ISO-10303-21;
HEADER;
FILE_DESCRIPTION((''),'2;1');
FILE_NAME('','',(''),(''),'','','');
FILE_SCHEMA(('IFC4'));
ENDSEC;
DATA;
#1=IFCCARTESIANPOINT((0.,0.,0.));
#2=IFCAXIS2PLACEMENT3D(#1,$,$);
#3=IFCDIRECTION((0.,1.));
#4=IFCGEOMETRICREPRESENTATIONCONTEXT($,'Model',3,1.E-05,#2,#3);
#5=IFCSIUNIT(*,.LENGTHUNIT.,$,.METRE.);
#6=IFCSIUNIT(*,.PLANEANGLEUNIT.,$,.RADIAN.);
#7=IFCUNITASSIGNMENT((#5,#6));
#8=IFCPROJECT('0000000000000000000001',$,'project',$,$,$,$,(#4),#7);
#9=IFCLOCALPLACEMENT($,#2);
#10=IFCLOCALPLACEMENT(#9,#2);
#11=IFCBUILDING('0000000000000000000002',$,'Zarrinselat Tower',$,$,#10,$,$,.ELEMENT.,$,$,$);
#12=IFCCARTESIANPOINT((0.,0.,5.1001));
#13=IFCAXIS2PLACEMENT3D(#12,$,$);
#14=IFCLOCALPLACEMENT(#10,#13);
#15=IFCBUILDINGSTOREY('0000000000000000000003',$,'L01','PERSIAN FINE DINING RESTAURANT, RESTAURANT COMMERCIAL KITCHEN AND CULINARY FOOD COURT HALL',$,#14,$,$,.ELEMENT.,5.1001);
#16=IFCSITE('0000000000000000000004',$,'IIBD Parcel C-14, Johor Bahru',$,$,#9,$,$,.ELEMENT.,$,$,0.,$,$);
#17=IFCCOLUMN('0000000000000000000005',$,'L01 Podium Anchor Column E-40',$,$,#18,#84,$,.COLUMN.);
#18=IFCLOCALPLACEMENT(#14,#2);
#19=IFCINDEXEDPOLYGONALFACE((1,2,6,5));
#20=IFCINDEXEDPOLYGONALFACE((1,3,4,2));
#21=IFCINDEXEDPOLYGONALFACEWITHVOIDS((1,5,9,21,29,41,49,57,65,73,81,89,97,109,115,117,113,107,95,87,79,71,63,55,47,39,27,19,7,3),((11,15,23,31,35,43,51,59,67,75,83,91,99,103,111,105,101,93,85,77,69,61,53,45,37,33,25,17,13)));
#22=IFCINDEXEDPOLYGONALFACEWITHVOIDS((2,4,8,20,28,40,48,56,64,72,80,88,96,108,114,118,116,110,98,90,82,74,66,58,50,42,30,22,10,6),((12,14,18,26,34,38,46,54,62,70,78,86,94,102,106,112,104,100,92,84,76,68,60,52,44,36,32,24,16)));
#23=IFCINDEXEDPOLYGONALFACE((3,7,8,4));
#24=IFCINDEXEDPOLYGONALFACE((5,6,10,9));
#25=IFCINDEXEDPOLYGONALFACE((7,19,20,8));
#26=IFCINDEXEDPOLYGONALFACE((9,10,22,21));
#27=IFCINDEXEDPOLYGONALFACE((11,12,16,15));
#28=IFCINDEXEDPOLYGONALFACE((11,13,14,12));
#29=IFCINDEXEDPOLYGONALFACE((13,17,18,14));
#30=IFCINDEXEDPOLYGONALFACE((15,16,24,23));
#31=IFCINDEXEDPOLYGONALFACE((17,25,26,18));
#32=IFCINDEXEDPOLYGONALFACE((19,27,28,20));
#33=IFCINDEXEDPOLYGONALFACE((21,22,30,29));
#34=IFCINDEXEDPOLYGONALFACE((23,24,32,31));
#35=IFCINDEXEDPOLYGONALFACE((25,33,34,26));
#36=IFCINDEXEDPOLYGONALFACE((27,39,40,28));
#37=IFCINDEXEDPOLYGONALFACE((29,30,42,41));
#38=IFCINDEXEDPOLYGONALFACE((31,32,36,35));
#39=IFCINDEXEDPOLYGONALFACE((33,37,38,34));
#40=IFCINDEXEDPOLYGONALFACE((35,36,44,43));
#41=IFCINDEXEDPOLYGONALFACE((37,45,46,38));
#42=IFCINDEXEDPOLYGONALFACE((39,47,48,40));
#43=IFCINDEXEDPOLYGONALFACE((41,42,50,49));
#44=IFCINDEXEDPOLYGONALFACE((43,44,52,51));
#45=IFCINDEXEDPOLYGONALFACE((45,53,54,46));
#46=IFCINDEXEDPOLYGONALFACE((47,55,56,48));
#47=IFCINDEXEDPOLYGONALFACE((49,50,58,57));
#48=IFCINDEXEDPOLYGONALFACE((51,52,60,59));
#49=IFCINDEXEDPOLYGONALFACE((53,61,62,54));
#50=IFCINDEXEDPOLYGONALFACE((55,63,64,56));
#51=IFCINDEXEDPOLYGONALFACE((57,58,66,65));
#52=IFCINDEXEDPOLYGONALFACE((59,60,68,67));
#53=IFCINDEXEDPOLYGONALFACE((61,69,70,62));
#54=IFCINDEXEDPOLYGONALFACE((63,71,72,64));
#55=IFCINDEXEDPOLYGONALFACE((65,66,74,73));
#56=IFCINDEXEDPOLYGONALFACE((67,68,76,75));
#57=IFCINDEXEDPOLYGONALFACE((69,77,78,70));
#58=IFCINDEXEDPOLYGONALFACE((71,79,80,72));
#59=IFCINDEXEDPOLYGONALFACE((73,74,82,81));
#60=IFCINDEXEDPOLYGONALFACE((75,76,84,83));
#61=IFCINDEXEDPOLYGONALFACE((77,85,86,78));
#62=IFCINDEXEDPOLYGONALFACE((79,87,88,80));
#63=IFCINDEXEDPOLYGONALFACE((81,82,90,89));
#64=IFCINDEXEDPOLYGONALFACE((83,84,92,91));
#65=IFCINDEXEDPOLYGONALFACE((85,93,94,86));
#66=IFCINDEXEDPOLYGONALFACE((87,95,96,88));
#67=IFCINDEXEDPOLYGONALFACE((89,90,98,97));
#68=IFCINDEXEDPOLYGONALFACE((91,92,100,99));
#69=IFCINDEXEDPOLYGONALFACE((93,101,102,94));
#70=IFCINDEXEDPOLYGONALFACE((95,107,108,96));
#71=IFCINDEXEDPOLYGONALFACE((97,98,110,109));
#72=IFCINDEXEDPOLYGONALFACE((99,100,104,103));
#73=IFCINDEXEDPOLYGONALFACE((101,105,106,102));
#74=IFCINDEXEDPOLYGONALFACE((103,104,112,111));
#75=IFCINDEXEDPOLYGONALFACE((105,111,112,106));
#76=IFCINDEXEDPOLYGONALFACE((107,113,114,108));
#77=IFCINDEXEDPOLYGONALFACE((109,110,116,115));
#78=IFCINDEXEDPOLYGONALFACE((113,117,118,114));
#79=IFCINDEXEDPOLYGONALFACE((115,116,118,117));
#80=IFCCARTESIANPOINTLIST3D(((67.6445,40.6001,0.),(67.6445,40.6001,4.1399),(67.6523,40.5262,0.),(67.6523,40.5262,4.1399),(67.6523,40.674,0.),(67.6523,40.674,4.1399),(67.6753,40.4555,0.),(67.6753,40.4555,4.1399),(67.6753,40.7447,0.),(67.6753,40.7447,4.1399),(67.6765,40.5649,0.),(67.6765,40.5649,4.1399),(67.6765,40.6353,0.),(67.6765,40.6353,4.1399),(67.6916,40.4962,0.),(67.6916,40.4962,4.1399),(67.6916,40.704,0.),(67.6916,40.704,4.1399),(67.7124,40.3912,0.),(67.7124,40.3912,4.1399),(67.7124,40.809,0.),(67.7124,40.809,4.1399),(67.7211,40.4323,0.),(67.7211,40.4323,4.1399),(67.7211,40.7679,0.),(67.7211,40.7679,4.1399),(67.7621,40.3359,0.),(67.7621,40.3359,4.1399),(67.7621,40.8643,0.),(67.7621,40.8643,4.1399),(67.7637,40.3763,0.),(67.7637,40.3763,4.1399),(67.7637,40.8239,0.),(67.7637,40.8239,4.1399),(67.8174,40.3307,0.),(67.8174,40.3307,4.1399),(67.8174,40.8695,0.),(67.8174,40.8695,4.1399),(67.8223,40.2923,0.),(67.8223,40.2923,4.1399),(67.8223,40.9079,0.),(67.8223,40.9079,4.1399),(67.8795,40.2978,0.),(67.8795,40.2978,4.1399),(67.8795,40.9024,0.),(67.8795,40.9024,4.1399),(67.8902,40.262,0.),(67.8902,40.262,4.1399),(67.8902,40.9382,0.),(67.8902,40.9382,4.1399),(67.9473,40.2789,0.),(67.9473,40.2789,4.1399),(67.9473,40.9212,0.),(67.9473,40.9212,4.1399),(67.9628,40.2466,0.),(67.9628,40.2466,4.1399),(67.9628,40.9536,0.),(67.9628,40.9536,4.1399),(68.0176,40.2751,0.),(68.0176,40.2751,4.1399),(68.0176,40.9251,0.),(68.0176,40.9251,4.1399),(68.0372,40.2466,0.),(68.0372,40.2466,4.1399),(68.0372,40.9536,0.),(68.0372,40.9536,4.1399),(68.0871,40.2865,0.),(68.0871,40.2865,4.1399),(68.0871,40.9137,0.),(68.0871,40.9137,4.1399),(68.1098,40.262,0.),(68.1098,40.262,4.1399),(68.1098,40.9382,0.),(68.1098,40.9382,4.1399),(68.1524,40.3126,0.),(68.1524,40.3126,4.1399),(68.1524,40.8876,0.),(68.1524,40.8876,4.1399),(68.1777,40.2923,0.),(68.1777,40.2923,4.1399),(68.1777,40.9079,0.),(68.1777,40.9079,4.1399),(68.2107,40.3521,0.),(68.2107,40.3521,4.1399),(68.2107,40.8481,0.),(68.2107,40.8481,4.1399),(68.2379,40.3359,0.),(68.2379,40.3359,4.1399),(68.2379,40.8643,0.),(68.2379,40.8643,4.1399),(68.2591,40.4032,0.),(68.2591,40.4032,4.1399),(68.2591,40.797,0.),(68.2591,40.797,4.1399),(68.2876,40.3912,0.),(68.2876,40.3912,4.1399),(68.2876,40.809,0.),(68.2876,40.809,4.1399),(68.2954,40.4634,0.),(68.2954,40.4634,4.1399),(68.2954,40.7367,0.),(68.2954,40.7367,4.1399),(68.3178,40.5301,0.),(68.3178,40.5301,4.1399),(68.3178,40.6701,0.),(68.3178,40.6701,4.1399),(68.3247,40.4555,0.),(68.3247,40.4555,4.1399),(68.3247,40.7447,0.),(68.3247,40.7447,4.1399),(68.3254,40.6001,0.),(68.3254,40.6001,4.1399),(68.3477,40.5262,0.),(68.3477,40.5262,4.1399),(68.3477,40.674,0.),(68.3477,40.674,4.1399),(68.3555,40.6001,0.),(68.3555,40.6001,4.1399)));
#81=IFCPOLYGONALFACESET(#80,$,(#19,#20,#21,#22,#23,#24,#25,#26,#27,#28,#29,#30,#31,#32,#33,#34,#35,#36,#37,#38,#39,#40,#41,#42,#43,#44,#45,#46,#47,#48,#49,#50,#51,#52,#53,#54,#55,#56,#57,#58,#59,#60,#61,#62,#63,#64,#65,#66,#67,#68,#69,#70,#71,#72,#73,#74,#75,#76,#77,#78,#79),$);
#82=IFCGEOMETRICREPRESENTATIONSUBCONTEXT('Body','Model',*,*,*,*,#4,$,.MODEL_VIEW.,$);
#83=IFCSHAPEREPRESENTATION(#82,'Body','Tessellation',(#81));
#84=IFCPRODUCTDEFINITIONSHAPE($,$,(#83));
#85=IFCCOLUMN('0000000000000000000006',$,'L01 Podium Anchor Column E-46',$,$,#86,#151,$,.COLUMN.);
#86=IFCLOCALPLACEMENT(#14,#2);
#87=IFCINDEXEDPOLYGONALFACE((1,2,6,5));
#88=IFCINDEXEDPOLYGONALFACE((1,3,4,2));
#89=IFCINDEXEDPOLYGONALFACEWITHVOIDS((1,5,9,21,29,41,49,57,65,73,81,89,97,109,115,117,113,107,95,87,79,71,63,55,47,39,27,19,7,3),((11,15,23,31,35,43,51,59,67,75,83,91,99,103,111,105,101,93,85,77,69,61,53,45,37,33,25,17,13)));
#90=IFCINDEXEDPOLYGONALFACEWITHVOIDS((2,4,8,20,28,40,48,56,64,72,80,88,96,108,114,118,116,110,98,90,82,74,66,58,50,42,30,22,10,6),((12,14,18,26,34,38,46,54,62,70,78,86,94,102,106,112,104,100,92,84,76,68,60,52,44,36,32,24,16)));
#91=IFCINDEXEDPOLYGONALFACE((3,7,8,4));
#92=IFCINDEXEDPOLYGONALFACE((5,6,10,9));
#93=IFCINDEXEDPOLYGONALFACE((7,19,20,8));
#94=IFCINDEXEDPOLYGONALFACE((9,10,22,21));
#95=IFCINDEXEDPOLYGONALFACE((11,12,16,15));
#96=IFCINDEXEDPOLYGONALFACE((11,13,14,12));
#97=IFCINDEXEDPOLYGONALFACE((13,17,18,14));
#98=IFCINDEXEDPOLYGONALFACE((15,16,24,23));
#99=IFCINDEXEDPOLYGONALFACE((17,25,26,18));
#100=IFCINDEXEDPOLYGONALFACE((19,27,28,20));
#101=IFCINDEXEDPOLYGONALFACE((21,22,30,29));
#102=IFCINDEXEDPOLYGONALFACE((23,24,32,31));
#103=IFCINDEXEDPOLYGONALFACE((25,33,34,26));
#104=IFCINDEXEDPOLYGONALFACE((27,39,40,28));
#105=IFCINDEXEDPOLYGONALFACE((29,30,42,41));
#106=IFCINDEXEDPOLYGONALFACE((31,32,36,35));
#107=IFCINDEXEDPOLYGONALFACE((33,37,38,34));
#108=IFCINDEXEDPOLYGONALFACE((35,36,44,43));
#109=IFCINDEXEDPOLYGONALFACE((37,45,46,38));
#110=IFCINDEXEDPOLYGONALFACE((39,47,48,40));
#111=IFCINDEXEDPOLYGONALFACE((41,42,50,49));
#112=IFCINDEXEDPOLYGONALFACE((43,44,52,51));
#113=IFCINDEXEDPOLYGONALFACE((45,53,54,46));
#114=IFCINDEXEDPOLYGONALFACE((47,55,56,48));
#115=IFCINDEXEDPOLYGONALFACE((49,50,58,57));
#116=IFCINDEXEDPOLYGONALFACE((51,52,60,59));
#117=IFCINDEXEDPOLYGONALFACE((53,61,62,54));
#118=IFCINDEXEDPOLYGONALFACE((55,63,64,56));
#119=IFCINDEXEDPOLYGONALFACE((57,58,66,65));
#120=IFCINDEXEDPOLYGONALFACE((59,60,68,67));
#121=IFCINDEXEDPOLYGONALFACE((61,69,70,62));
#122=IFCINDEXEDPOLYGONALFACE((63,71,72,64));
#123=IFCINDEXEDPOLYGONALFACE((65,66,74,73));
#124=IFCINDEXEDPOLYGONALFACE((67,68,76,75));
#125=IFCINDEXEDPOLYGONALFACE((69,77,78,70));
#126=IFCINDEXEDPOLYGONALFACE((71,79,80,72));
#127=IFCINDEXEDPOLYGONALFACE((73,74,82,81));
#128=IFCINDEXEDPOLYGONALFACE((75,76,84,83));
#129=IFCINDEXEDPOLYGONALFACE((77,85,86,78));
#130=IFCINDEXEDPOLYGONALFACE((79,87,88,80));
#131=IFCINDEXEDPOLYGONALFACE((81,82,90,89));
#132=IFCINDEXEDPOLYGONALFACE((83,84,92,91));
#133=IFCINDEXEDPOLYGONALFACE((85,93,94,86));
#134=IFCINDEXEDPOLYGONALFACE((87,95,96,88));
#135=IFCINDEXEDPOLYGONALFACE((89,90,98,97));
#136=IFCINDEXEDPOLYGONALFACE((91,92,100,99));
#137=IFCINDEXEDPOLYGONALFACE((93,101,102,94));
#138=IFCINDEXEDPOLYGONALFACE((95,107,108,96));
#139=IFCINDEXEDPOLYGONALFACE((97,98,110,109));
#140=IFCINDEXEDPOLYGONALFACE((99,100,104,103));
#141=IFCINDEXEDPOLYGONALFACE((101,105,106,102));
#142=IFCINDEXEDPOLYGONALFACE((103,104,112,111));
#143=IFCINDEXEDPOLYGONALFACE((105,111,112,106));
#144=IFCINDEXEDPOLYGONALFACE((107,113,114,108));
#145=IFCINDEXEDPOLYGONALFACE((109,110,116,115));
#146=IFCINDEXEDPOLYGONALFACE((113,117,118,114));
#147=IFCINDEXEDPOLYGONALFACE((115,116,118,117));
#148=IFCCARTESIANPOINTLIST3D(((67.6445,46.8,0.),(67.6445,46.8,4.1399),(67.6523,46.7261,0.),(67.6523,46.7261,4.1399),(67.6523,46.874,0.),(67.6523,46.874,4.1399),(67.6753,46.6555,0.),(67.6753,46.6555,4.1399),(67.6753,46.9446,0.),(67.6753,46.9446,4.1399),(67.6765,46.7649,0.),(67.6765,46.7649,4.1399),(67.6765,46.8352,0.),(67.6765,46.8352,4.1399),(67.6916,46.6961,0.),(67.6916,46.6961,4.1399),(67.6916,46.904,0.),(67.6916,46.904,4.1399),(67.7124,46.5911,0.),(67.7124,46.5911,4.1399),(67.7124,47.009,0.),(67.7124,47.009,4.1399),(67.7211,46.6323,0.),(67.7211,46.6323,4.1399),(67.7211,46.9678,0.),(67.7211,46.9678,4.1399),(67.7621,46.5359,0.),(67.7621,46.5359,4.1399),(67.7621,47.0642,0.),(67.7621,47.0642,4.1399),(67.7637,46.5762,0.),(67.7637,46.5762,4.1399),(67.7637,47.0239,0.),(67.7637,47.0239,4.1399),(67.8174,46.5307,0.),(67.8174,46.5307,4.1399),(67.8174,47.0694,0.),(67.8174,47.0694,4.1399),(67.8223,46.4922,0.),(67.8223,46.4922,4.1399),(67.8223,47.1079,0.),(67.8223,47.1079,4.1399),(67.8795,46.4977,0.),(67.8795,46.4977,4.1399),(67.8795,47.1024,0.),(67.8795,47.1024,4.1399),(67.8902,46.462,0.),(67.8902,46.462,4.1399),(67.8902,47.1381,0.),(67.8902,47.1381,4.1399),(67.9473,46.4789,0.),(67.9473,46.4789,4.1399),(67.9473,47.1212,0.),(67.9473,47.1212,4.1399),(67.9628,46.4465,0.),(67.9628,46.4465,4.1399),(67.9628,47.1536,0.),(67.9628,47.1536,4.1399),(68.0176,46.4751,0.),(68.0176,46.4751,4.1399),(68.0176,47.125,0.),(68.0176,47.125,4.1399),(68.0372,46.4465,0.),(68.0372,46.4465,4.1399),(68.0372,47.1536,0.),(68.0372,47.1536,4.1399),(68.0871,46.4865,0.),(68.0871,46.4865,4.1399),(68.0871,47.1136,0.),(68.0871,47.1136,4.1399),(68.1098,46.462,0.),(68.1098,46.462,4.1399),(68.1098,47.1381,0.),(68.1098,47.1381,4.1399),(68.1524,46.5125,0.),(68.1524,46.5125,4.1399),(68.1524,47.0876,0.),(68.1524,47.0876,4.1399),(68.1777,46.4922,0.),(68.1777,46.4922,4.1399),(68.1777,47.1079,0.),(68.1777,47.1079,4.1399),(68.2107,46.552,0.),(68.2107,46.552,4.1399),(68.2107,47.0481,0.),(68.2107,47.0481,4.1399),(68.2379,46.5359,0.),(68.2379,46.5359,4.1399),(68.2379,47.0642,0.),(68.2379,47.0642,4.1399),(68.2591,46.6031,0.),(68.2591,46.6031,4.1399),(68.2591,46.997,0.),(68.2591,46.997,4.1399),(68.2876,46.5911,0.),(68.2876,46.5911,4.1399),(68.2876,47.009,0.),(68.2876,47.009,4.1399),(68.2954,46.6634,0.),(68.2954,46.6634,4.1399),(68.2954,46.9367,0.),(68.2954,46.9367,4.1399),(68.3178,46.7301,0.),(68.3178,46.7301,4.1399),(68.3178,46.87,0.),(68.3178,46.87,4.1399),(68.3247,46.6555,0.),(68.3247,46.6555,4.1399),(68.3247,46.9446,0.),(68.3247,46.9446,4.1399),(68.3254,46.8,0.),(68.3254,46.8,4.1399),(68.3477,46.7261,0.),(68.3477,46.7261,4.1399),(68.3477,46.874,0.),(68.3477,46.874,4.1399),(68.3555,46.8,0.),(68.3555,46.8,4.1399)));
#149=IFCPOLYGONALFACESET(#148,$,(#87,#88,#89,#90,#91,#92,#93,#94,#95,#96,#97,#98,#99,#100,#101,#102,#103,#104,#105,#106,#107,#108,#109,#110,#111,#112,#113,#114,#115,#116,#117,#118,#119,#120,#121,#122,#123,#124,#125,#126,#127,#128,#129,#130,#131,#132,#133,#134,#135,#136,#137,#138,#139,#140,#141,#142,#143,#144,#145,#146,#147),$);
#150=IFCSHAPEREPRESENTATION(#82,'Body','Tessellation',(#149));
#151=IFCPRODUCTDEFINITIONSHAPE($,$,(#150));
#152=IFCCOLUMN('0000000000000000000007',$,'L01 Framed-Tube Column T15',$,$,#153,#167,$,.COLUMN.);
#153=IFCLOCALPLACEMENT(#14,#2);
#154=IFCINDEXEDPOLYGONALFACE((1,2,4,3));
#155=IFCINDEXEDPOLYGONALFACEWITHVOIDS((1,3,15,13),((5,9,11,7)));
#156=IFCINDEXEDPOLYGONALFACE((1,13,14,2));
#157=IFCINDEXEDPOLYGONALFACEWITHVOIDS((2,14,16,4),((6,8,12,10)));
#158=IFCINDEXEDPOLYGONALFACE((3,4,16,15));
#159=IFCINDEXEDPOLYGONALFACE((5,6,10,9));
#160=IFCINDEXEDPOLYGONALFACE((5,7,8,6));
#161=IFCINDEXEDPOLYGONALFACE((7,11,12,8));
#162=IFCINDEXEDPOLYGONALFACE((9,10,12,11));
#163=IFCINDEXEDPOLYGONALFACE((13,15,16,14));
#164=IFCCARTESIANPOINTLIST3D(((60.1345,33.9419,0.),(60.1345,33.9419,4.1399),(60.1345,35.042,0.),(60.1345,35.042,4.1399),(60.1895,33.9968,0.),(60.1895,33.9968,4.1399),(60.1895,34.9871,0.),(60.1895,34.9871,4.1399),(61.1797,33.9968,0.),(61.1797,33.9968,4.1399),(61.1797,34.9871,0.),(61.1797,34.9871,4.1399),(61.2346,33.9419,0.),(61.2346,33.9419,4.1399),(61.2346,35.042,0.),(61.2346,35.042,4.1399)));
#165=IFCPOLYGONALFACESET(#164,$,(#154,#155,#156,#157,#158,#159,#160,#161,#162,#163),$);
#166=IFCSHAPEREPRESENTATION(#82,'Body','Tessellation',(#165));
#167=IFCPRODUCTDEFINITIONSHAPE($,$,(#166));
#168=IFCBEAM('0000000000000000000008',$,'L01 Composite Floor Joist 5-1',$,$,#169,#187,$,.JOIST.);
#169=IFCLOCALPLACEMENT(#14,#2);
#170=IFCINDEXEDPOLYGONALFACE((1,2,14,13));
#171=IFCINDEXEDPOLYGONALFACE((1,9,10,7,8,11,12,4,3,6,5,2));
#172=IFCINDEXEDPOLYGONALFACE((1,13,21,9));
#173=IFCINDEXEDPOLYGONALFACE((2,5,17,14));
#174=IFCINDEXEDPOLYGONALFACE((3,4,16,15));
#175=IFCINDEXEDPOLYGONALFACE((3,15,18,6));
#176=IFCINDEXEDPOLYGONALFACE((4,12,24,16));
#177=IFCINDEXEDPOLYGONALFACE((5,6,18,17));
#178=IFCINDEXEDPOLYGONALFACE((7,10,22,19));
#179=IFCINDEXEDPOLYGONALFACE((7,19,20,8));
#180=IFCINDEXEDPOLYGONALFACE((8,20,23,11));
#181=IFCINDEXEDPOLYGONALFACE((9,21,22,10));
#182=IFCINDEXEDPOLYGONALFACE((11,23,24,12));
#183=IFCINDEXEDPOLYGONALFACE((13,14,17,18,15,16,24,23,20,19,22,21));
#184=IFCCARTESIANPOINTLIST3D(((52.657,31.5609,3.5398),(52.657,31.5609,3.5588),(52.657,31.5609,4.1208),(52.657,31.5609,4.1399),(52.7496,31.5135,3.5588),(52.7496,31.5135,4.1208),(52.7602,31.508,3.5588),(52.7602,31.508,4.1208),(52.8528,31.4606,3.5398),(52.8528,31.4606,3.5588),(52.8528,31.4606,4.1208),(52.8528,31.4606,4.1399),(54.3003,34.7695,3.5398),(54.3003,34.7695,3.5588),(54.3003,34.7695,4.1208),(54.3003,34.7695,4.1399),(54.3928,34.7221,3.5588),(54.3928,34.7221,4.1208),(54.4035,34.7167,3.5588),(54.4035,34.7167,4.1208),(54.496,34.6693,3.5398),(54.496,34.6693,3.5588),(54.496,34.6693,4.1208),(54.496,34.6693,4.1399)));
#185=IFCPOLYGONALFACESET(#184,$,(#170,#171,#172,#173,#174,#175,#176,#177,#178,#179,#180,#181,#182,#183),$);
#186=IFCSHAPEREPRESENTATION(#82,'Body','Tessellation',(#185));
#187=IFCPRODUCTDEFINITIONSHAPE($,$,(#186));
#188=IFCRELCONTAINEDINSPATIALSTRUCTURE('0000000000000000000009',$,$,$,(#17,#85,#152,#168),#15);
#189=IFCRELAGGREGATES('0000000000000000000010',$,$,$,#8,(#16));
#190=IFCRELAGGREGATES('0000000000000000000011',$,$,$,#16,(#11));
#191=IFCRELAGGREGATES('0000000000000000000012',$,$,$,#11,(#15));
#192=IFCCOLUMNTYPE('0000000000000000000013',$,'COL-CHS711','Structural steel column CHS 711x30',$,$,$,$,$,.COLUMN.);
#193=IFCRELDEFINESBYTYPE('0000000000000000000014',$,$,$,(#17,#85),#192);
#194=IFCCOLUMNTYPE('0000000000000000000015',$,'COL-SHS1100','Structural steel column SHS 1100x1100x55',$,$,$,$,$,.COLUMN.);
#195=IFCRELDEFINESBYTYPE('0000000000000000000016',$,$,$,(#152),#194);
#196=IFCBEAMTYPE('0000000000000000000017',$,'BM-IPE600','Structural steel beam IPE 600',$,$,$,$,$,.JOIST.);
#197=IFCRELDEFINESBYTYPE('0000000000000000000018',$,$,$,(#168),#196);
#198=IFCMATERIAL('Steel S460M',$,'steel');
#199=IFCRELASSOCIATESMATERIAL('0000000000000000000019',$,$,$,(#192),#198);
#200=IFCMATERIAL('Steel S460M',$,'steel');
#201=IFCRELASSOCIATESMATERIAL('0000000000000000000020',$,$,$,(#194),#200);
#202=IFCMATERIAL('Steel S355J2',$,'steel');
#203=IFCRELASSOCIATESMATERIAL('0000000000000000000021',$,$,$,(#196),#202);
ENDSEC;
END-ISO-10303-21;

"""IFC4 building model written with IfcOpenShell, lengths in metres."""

from ifc_helpers import new_model, si_unit, direction, frame, origin, origin_2d, place, context, subcontext, project, spatial, hollow_rectangle, hollow_circle, i_section, extrude, material, material_profile, profile_set, type_object, element, save


model = new_model("IFC4")

# Units and contexts
model_context = context("Model", 3, precision=1e-05, world=origin(), true_north=direction((0.0, 1.0)))
body_context = subcontext(model_context, "Body", "Model", "MODEL_VIEW")
ifc_project = project(units=[si_unit("LENGTHUNIT", "METRE"), si_unit("PLANEANGLEUNIT", "RADIAN")], contexts=[model_context])

# Site, building, storey
site_placement = place(None, origin())
site = spatial("IfcSite", under=ifc_project, at=site_placement, Name="IIBD Parcel C-14, Johor Bahru", CompositionType="ELEMENT", RefElevation=0.0)
building_placement = place(site_placement, origin())
building = spatial("IfcBuilding", under=site, at=building_placement, Name="Zarrinselat Tower", CompositionType="ELEMENT")
storey_placement = place(building_placement, frame((0.0, 0.0, 5.1001)))
storey = spatial("IfcBuildingStorey", under=building, at=storey_placement, Name="L01", Description="PERSIAN FINE DINING RESTAURANT, RESTAURANT COMMERCIAL KITCHEN AND CULINARY FOOD COURT HALL", CompositionType="ELEMENT", Elevation=5.1001)

# Columns
ifc_material_1 = material(Name="Steel S460M", Category="steel")
ifc_material_profile_1 = material_profile(ifc_material_1, hollow_circle(Radius=0.3555, WallThickness=0.03, at=origin_2d()), Name="CHS 711x30")
ifc_profile_set_1 = profile_set([ifc_material_profile_1], Name="Steel S460M")
column_type_1 = type_object("IfcColumnType", Name="COL-CHS711", Description="Structural steel column CHS 711x30", PredefinedType="COLUMN", material=ifc_profile_set_1)
for number, where, z_axis, x_axis, name in (
    (1, (68.0, 40.6001, 0.0), (0.0, 0.0, 1.0), (1.0, 0.0, 0.0), "L01 Podium Anchor Column E-40"),
    (2, (68.0, 46.8, 0.0), (0.0, 0.0, 1.0), (1.0, 0.0, 0.0), "L01 Podium Anchor Column E-46"),
):
    element("IfcColumn", number, at=place(storey_placement, frame(where, z_axis=z_axis, x_axis=x_axis)), inside=storey, type_object=column_type_1, Name=name, PredefinedType="COLUMN", context=body_context, shape_type="SweptSolid", body=[
        extrude(hollow_circle(Radius=0.3555, WallThickness=0.03, at=origin_2d()), origin(), (0.0, 0.0, 1.0), 4.1399),
    ])
ifc_material_2 = material(Name="Steel S460M", Category="steel")
ifc_material_profile_2 = material_profile(ifc_material_2, hollow_rectangle(XDim=1.1001, YDim=1.1001, WallThickness=0.0549, at=origin_2d()), Name="SHS 1100x1100x55")
ifc_profile_set_2 = profile_set([ifc_material_profile_2], Name="Steel S460M")
column_type_2 = type_object("IfcColumnType", Name="COL-SHS1100", Description="Structural steel column SHS 1100x1100x55", PredefinedType="COLUMN", material=ifc_profile_set_2)
column_1_placement = place(storey_placement, frame((60.6846, 34.4919, 0.0), z_axis=(0.0, 0.0, 1.0), x_axis=(1.0, 0.0, 0.0)))
element("IfcColumn", 3, at=column_1_placement, inside=storey, type_object=column_type_2, Name="L01 Framed-Tube Column T15", PredefinedType="COLUMN", context=body_context, shape_type="SweptSolid", body=[
    extrude(hollow_rectangle(XDim=1.1001, YDim=1.1001, WallThickness=0.0549, at=origin_2d()), origin(), (0.0, 0.0, 1.0), 4.1399),
])

# Beam
ifc_material_3 = material(Name="Steel S355J2", Category="steel")
ifc_material_profile_3 = material_profile(ifc_material_3, i_section(OverallWidth=0.22, OverallDepth=0.6001, WebThickness=0.012, FlangeThickness=0.019, at=origin_2d()), Name="IPE 600")
ifc_profile_set_3 = profile_set([ifc_material_profile_3], Name="Steel S355J2")
beam_type_1 = type_object("IfcBeamType", Name="BM-IPE600", Description="Structural steel beam IPE 600", PredefinedType="JOIST", material=ifc_profile_set_3)
beam_placement = place(storey_placement, frame((52.7549, 31.5107, 3.8398), z_axis=(0.455834, 0.890065, 0.0), x_axis=(-0.890065, 0.455834, 0.0)))
element("IfcBeam", 4, at=beam_placement, inside=storey, type_object=beam_type_1, Name="L01 Composite Floor Joist 5-1", PredefinedType="JOIST", context=body_context, shape_type="SweptSolid", body=[
    extrude(i_section(OverallWidth=0.22, OverallDepth=0.6001, WebThickness=0.012, FlangeThickness=0.019, at=origin_2d()), origin(), (0.0, 0.0, 1.0), 3.605),
])

save(model, "model.ifc")
